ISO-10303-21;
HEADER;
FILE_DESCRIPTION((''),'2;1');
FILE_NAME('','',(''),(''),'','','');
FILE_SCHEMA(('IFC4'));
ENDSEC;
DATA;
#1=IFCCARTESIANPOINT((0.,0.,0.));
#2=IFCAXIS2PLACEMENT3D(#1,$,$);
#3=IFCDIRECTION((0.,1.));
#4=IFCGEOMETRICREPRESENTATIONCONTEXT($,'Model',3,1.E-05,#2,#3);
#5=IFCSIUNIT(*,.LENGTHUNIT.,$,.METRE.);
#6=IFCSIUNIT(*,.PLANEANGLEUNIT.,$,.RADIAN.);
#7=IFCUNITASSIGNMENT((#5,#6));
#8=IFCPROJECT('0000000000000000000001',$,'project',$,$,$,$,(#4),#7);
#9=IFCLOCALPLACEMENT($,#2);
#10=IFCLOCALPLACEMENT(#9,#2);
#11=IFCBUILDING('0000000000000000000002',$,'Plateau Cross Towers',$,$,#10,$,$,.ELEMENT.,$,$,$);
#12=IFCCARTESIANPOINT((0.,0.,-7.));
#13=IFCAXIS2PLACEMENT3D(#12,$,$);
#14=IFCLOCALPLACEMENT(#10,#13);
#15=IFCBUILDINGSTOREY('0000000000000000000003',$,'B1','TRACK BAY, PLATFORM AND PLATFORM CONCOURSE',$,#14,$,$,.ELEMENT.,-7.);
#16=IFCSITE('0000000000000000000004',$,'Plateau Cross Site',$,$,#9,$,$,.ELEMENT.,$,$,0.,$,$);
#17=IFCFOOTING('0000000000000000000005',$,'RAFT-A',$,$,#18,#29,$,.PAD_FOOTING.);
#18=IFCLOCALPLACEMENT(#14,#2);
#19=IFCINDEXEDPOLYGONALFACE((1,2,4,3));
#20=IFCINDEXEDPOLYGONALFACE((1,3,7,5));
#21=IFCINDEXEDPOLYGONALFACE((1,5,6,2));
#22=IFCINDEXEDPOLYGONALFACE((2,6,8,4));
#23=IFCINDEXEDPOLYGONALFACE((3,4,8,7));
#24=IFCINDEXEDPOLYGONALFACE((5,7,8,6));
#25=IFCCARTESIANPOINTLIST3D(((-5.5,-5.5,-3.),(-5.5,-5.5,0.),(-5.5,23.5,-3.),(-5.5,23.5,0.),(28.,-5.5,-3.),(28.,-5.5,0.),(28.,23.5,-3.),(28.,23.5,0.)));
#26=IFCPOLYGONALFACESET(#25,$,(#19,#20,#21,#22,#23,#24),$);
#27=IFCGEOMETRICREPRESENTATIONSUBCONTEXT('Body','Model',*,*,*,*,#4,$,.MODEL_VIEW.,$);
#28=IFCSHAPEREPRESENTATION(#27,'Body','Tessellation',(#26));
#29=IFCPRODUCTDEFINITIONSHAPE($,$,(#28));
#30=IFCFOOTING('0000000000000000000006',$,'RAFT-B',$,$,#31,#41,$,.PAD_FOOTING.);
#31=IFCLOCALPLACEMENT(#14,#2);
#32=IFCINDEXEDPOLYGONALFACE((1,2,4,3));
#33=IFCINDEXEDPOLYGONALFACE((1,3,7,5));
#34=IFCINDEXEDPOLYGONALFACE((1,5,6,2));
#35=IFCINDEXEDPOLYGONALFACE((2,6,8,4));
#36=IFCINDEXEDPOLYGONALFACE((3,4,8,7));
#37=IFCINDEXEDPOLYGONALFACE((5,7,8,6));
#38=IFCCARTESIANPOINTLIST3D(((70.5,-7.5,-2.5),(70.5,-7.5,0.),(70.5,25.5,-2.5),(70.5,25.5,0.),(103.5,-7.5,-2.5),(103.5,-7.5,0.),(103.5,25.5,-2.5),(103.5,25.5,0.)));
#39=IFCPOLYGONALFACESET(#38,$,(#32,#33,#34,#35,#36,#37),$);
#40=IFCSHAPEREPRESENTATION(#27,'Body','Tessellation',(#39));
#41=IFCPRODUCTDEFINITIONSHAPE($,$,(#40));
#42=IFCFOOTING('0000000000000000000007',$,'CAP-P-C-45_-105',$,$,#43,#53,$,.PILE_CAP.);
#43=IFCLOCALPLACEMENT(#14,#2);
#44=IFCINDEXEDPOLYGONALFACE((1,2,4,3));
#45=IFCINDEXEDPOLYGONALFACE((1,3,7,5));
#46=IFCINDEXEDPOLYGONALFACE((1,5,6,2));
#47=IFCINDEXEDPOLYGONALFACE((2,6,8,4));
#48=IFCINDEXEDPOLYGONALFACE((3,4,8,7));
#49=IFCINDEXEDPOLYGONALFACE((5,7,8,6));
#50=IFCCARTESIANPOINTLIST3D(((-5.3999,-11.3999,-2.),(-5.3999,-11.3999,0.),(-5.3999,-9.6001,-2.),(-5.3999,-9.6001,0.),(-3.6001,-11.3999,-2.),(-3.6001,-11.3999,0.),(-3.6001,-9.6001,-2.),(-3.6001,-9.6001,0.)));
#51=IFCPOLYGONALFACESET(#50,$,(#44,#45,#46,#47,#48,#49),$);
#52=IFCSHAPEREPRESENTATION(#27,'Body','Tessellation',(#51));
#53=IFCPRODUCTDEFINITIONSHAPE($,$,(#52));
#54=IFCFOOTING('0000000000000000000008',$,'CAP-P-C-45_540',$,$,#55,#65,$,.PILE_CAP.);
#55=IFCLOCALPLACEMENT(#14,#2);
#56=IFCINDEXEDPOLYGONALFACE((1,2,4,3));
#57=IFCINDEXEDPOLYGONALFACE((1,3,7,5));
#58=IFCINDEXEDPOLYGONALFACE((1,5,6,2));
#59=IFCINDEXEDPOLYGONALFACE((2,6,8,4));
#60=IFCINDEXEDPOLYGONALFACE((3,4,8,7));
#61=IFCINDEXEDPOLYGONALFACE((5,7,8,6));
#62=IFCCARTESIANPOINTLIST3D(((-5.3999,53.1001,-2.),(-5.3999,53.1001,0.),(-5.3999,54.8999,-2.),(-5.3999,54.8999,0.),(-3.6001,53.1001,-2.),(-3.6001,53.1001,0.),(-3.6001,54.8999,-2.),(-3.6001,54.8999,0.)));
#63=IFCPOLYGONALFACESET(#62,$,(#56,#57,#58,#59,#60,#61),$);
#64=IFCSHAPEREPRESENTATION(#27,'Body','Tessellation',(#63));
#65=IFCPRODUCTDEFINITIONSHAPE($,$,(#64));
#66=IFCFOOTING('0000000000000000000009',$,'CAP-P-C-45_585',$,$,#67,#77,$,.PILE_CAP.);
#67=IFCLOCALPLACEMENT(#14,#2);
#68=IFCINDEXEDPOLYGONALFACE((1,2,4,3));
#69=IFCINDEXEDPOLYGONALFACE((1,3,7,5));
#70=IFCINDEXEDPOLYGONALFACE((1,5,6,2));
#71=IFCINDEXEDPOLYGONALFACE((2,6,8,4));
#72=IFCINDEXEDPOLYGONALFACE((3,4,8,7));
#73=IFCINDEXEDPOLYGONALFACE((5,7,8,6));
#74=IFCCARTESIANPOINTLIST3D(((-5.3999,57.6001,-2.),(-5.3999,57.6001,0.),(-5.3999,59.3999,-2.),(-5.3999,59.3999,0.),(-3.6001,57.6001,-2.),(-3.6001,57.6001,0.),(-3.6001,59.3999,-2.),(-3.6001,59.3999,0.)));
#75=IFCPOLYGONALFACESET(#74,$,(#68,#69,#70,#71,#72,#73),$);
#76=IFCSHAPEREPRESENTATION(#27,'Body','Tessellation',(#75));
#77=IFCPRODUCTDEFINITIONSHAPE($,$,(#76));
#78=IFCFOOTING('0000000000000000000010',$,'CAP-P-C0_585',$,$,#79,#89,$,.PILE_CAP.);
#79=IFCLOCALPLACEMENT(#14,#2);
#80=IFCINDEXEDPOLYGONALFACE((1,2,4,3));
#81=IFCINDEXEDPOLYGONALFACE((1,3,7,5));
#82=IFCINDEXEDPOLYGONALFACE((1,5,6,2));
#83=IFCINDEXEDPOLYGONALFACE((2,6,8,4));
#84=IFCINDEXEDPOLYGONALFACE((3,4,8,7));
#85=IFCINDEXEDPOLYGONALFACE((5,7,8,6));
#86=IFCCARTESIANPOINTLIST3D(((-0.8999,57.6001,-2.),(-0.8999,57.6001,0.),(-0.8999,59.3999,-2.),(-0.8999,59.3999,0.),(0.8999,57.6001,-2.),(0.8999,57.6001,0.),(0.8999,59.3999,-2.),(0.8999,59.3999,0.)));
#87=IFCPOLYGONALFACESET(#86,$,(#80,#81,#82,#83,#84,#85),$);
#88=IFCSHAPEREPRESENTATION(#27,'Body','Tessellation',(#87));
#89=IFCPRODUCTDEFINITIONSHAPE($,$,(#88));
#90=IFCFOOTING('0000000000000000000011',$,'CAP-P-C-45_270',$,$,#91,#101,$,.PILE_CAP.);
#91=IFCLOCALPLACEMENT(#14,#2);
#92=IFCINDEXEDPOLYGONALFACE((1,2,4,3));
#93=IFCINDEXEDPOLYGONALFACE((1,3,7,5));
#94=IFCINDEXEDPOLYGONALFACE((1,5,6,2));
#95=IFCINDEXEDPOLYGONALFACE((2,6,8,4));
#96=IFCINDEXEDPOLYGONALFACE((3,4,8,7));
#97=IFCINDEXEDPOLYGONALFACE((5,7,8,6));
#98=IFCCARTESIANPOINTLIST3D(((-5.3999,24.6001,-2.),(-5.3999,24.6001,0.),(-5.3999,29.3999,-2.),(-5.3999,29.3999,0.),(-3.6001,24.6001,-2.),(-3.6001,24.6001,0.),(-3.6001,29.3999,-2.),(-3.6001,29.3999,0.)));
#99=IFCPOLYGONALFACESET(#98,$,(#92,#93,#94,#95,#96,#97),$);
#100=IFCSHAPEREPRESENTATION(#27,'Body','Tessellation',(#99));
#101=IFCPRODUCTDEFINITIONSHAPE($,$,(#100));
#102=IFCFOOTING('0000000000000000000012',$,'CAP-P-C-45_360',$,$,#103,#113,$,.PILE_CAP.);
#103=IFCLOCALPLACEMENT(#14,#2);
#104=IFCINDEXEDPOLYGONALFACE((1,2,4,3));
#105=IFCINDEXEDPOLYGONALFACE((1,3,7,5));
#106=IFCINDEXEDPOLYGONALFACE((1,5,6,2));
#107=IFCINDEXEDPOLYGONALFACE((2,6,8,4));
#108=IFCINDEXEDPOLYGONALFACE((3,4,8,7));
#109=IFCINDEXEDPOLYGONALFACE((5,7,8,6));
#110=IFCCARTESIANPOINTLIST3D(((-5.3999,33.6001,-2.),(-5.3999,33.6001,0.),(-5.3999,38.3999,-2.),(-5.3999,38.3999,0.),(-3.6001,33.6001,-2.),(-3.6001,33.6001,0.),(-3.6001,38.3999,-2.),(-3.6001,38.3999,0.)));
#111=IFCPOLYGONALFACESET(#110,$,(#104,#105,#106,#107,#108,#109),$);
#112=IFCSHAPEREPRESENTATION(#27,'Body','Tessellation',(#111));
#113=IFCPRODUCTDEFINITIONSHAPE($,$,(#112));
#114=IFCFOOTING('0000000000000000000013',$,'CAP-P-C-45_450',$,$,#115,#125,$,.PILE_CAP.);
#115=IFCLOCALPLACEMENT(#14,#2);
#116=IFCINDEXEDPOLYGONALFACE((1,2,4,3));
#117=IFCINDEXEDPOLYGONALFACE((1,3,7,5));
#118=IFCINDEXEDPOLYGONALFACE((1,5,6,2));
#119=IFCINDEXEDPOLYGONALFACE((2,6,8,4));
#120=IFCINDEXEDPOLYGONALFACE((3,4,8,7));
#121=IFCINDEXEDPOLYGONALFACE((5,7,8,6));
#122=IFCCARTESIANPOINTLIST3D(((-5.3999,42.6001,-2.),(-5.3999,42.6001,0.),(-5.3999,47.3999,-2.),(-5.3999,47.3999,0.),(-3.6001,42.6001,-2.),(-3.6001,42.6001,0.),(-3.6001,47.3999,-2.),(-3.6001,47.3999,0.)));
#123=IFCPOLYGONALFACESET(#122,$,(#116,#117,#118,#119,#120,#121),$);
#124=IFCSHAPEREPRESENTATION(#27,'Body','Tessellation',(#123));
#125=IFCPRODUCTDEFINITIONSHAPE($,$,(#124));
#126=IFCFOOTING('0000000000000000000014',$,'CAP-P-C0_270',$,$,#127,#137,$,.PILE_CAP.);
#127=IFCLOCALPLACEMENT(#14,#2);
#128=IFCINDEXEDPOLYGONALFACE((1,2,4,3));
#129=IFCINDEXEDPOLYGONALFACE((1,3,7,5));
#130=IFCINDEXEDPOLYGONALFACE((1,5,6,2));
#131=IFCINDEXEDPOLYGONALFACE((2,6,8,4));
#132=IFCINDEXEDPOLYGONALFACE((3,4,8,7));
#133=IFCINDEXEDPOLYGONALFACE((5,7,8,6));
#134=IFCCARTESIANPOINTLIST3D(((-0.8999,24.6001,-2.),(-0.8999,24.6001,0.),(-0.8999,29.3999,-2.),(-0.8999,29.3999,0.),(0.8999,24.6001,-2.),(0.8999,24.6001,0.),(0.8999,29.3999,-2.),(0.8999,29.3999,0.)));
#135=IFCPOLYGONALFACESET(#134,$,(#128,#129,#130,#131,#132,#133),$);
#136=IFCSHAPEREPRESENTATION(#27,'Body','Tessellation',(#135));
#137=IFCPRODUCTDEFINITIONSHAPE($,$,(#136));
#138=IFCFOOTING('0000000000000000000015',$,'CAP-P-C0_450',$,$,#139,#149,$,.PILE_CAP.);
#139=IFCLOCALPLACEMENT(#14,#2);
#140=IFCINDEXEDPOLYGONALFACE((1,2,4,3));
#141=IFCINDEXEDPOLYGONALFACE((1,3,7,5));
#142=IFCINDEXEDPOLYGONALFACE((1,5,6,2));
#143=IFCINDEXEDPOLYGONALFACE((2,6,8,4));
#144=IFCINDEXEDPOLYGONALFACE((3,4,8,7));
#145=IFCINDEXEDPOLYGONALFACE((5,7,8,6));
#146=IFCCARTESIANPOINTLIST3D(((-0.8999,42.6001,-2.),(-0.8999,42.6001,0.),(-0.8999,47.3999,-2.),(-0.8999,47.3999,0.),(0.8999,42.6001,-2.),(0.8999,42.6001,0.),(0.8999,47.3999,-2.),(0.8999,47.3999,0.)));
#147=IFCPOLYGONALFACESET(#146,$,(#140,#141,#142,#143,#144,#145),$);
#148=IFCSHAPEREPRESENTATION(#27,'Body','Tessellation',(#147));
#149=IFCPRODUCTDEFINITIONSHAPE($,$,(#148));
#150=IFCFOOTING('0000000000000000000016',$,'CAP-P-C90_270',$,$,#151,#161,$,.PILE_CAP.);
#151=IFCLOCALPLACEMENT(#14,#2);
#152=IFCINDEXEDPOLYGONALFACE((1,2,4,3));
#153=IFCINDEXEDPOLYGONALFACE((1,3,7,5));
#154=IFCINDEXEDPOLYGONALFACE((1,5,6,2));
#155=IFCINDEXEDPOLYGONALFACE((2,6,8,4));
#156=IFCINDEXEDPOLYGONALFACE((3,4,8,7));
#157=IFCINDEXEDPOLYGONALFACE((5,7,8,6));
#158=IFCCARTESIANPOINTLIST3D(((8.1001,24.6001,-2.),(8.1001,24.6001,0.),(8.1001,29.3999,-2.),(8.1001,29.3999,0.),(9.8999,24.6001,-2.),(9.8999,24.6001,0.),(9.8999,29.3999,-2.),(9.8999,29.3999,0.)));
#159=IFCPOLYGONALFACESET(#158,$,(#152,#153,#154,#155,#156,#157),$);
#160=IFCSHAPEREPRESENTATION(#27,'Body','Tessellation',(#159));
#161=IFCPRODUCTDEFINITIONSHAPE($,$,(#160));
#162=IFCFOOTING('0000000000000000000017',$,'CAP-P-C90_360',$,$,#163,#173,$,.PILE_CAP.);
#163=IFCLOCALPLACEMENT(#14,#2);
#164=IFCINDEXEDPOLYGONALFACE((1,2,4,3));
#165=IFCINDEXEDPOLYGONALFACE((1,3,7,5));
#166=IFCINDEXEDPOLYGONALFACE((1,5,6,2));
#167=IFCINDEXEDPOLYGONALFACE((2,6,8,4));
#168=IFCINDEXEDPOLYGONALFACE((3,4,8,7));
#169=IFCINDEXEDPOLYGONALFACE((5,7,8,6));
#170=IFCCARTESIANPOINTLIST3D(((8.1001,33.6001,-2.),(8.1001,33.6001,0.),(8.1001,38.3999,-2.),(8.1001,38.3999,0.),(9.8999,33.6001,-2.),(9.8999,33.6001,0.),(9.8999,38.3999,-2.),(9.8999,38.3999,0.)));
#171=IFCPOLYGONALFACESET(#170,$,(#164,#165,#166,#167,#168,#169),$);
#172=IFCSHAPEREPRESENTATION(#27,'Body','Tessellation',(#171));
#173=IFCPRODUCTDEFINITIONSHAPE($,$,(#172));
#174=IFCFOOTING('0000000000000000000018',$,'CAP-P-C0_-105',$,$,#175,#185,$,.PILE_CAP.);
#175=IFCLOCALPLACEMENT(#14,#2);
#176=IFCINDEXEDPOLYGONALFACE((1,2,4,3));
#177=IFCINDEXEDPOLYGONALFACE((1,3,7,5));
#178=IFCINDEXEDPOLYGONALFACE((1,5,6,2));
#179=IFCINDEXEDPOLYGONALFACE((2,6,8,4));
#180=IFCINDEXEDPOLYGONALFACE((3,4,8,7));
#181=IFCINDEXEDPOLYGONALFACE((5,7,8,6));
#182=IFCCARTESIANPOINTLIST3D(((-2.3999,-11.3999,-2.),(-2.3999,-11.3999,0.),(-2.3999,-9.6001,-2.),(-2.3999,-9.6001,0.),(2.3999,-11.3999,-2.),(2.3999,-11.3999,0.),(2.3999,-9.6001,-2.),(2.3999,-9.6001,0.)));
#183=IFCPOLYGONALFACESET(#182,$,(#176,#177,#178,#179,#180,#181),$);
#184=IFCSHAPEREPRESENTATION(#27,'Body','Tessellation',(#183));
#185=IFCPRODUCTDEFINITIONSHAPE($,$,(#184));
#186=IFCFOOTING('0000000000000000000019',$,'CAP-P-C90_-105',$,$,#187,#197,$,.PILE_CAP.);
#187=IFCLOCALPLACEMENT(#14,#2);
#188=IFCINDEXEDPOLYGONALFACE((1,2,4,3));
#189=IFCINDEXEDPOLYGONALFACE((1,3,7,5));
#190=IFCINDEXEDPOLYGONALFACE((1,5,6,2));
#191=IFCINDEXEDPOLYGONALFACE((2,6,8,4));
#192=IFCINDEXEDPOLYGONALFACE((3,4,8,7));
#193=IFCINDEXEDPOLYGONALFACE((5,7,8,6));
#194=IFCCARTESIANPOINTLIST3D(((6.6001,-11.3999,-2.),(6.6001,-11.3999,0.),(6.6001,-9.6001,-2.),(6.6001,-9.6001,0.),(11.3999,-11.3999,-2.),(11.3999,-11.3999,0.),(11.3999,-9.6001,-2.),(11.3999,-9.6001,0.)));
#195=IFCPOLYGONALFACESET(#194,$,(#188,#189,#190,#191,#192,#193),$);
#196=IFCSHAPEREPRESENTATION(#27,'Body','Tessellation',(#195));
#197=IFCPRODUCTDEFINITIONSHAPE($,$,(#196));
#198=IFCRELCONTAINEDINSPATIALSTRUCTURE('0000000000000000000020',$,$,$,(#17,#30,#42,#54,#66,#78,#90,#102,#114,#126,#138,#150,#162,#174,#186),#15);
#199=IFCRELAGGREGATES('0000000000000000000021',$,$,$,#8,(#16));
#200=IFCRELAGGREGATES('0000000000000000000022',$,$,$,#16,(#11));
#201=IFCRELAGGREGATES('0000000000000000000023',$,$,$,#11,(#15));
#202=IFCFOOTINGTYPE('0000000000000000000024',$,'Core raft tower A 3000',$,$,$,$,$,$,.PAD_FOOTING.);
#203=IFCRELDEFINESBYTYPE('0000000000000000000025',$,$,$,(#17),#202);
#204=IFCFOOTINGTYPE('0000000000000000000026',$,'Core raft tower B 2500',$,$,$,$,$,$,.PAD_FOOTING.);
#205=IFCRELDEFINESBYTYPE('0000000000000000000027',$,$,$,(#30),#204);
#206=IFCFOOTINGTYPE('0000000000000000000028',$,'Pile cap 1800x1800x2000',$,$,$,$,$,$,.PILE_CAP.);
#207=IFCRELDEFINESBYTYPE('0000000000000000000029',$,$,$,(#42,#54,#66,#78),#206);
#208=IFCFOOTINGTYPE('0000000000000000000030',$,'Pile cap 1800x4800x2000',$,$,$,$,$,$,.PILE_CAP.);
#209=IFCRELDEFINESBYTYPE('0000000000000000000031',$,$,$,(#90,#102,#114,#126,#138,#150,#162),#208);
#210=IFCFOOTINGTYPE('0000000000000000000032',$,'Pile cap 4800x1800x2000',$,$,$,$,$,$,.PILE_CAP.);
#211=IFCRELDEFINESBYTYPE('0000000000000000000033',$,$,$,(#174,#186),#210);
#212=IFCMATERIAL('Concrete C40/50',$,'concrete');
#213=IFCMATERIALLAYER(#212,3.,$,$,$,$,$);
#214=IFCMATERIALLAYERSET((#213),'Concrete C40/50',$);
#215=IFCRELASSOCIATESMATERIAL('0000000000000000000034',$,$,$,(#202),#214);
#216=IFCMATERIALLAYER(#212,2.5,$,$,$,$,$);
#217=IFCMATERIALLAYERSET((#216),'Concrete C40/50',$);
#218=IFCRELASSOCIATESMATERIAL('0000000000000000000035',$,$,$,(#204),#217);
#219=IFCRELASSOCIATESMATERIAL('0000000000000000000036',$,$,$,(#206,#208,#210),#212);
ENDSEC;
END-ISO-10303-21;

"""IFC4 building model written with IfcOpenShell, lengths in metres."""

from ifc_helpers import new_model, si_unit, direction, frame, origin, place, context, subcontext, project, spatial, polyline, outline, extrude, material, layer, layer_set, type_object, element, save


model = new_model("IFC4")

# Units and contexts
model_context = context("Model", 3, precision=1e-05, world=origin(), true_north=direction((0.0, 1.0)))
body_context = subcontext(model_context, "Body", "Model", "MODEL_VIEW")
ifc_project = project(units=[si_unit("LENGTHUNIT", "METRE"), si_unit("PLANEANGLEUNIT", "RADIAN")], contexts=[model_context])

# Site, building, storey
site_placement = place(None, origin())
site = spatial("IfcSite", under=ifc_project, at=site_placement, Name="Plateau Cross Site", CompositionType="ELEMENT", RefElevation=0.0)
building_placement = place(site_placement, origin())
building = spatial("IfcBuilding", under=site, at=building_placement, Name="Plateau Cross Towers", CompositionType="ELEMENT")
storey_placement = place(building_placement, frame((0.0, 0.0, -7.0)))
storey = spatial("IfcBuildingStorey", under=building, at=storey_placement, Name="B1", Description="TRACK BAY, PLATFORM AND PLATFORM CONCOURSE", CompositionType="ELEMENT", Elevation=-7.0)

# Shared definitions
ifc_material_1 = material(Name="Concrete C40/50", Category="concrete")

# Footings
ifc_layer_1 = layer(ifc_material_1, 3.0)
ifc_layer_set_1 = layer_set([ifc_layer_1], Name="Concrete C40/50")
footing_type_1 = type_object("IfcFootingType", Name="Core raft tower A 3000", PredefinedType="PAD_FOOTING", material=ifc_layer_set_1)
footing_1_placement = place(storey_placement, frame((0.0, 0.0, -3.0)))
element("IfcFooting", 1, at=footing_1_placement, inside=storey, type_object=footing_type_1, Name="RAFT-A", PredefinedType="PAD_FOOTING", context=body_context, shape_type="SweptSolid", body=[
    extrude(outline(polyline([(28.0, -5.5), (28.0, 23.5), (-5.5, 23.5), (-5.5, -5.5), (28.0, -5.5)])), origin(), (0.0, 0.0, 1.0), 3.0),
])
ifc_layer_2 = layer(ifc_material_1, 2.5)
ifc_layer_set_2 = layer_set([ifc_layer_2], Name="Concrete C40/50")
footing_type_2 = type_object("IfcFootingType", Name="Core raft tower B 2500", PredefinedType="PAD_FOOTING", material=ifc_layer_set_2)
footing_2_placement = place(storey_placement, frame((0.0, 0.0, -2.5)))
element("IfcFooting", 2, at=footing_2_placement, inside=storey, type_object=footing_type_2, Name="RAFT-B", PredefinedType="PAD_FOOTING", context=body_context, shape_type="SweptSolid", body=[
    extrude(outline(polyline([(103.5, -7.5), (103.5, 25.5), (70.5, 25.5), (70.5, -7.5), (103.5, -7.5)])), origin(), (0.0, 0.0, 1.0), 2.5),
])
footing_type_3 = type_object("IfcFootingType", Name="Pile cap 1800x1800x2000", PredefinedType="PILE_CAP", material=ifc_material_1)
footing_3_placement = place(storey_placement, frame((0.0, 0.0, -2.0)))
element("IfcFooting", 3, at=footing_3_placement, inside=storey, type_object=footing_type_3, Name="CAP-P-C-45_-105", PredefinedType="PILE_CAP", context=body_context, shape_type="SweptSolid", body=[
    extrude(outline(polyline([(-3.6001, -11.3999), (-3.6001, -9.6001), (-5.3999, -9.6001), (-5.3999, -11.3999), (-3.6001, -11.3999)])), origin(), (0.0, 0.0, 1.0), 2.0),
])
footing_4_placement = place(storey_placement, frame((0.0, 0.0, -2.0)))
element("IfcFooting", 4, at=footing_4_placement, inside=storey, type_object=footing_type_3, Name="CAP-P-C-45_540", PredefinedType="PILE_CAP", context=body_context, shape_type="SweptSolid", body=[
    extrude(outline(polyline([(-3.6001, 53.1001), (-3.6001, 54.8999), (-5.3999, 54.8999), (-5.3999, 53.1001), (-3.6001, 53.1001)])), origin(), (0.0, 0.0, 1.0), 2.0),
])
footing_5_placement = place(storey_placement, frame((0.0, 0.0, -2.0)))
element("IfcFooting", 5, at=footing_5_placement, inside=storey, type_object=footing_type_3, Name="CAP-P-C-45_585", PredefinedType="PILE_CAP", context=body_context, shape_type="SweptSolid", body=[
    extrude(outline(polyline([(-3.6001, 57.6001), (-3.6001, 59.3999), (-5.3999, 59.3999), (-5.3999, 57.6001), (-3.6001, 57.6001)])), origin(), (0.0, 0.0, 1.0), 2.0),
])
footing_6_placement = place(storey_placement, frame((0.0, 0.0, -2.0)))
element("IfcFooting", 6, at=footing_6_placement, inside=storey, type_object=footing_type_3, Name="CAP-P-C0_585", PredefinedType="PILE_CAP", context=body_context, shape_type="SweptSolid", body=[
    extrude(outline(polyline([(0.8999, 57.6001), (0.8999, 59.3999), (-0.8999, 59.3999), (-0.8999, 57.6001), (0.8999, 57.6001)])), origin(), (0.0, 0.0, 1.0), 2.0),
])
footing_type_4 = type_object("IfcFootingType", Name="Pile cap 1800x4800x2000", PredefinedType="PILE_CAP", material=ifc_material_1)
footing_7_placement = place(storey_placement, frame((0.0, 0.0, -2.0)))
element("IfcFooting", 7, at=footing_7_placement, inside=storey, type_object=footing_type_4, Name="CAP-P-C-45_270", PredefinedType="PILE_CAP", context=body_context, shape_type="SweptSolid", body=[
    extrude(outline(polyline([(-3.6001, 24.6001), (-3.6001, 29.3999), (-5.3999, 29.3999), (-5.3999, 24.6001), (-3.6001, 24.6001)])), origin(), (0.0, 0.0, 1.0), 2.0),
])
footing_8_placement = place(storey_placement, frame((0.0, 0.0, -2.0)))
element("IfcFooting", 8, at=footing_8_placement, inside=storey, type_object=footing_type_4, Name="CAP-P-C-45_360", PredefinedType="PILE_CAP", context=body_context, shape_type="SweptSolid", body=[
    extrude(outline(polyline([(-3.6001, 33.6001), (-3.6001, 38.3999), (-5.3999, 38.3999), (-5.3999, 33.6001), (-3.6001, 33.6001)])), origin(), (0.0, 0.0, 1.0), 2.0),
])
footing_9_placement = place(storey_placement, frame((0.0, 0.0, -2.0)))
element("IfcFooting", 9, at=footing_9_placement, inside=storey, type_object=footing_type_4, Name="CAP-P-C-45_450", PredefinedType="PILE_CAP", context=body_context, shape_type="SweptSolid", body=[
    extrude(outline(polyline([(-3.6001, 42.6001), (-3.6001, 47.3999), (-5.3999, 47.3999), (-5.3999, 42.6001), (-3.6001, 42.6001)])), origin(), (0.0, 0.0, 1.0), 2.0),
])
footing_10_placement = place(storey_placement, frame((0.0, 0.0, -2.0)))
element("IfcFooting", 10, at=footing_10_placement, inside=storey, type_object=footing_type_4, Name="CAP-P-C0_270", PredefinedType="PILE_CAP", context=body_context, shape_type="SweptSolid", body=[
    extrude(outline(polyline([(0.8999, 24.6001), (0.8999, 29.3999), (-0.8999, 29.3999), (-0.8999, 24.6001), (0.8999, 24.6001)])), origin(), (0.0, 0.0, 1.0), 2.0),
])
footing_11_placement = place(storey_placement, frame((0.0, 0.0, -2.0)))
element("IfcFooting", 11, at=footing_11_placement, inside=storey, type_object=footing_type_4, Name="CAP-P-C0_450", PredefinedType="PILE_CAP", context=body_context, shape_type="SweptSolid", body=[
    extrude(outline(polyline([(0.8999, 42.6001), (0.8999, 47.3999), (-0.8999, 47.3999), (-0.8999, 42.6001), (0.8999, 42.6001)])), origin(), (0.0, 0.0, 1.0), 2.0),
])
footing_12_placement = place(storey_placement, frame((0.0, 0.0, -2.0)))
element("IfcFooting", 12, at=footing_12_placement, inside=storey, type_object=footing_type_4, Name="CAP-P-C90_270", PredefinedType="PILE_CAP", context=body_context, shape_type="SweptSolid", body=[
    extrude(outline(polyline([(9.8999, 24.6001), (9.8999, 29.3999), (8.1001, 29.3999), (8.1001, 24.6001), (9.8999, 24.6001)])), origin(), (0.0, 0.0, 1.0), 2.0),
])
footing_13_placement = place(storey_placement, frame((0.0, 0.0, -2.0)))
element("IfcFooting", 13, at=footing_13_placement, inside=storey, type_object=footing_type_4, Name="CAP-P-C90_360", PredefinedType="PILE_CAP", context=body_context, shape_type="SweptSolid", body=[
    extrude(outline(polyline([(9.8999, 33.6001), (9.8999, 38.3999), (8.1001, 38.3999), (8.1001, 33.6001), (9.8999, 33.6001)])), origin(), (0.0, 0.0, 1.0), 2.0),
])
footing_type_5 = type_object("IfcFootingType", Name="Pile cap 4800x1800x2000", PredefinedType="PILE_CAP", material=ifc_material_1)
footing_14_placement = place(storey_placement, frame((0.0, 0.0, -2.0)))
element("IfcFooting", 14, at=footing_14_placement, inside=storey, type_object=footing_type_5, Name="CAP-P-C0_-105", PredefinedType="PILE_CAP", context=body_context, shape_type="SweptSolid", body=[
    extrude(outline(polyline([(2.3999, -11.3999), (2.3999, -9.6001), (-2.3999, -9.6001), (-2.3999, -11.3999), (2.3999, -11.3999)])), origin(), (0.0, 0.0, 1.0), 2.0),
])
footing_15_placement = place(storey_placement, frame((0.0, 0.0, -2.0)))
element("IfcFooting", 15, at=footing_15_placement, inside=storey, type_object=footing_type_5, Name="CAP-P-C90_-105", PredefinedType="PILE_CAP", context=body_context, shape_type="SweptSolid", body=[
    extrude(outline(polyline([(11.3999, -11.3999), (11.3999, -9.6001), (6.6001, -9.6001), (6.6001, -11.3999), (11.3999, -11.3999)])), origin(), (0.0, 0.0, 1.0), 2.0),
])

save(model, "model.ifc")
